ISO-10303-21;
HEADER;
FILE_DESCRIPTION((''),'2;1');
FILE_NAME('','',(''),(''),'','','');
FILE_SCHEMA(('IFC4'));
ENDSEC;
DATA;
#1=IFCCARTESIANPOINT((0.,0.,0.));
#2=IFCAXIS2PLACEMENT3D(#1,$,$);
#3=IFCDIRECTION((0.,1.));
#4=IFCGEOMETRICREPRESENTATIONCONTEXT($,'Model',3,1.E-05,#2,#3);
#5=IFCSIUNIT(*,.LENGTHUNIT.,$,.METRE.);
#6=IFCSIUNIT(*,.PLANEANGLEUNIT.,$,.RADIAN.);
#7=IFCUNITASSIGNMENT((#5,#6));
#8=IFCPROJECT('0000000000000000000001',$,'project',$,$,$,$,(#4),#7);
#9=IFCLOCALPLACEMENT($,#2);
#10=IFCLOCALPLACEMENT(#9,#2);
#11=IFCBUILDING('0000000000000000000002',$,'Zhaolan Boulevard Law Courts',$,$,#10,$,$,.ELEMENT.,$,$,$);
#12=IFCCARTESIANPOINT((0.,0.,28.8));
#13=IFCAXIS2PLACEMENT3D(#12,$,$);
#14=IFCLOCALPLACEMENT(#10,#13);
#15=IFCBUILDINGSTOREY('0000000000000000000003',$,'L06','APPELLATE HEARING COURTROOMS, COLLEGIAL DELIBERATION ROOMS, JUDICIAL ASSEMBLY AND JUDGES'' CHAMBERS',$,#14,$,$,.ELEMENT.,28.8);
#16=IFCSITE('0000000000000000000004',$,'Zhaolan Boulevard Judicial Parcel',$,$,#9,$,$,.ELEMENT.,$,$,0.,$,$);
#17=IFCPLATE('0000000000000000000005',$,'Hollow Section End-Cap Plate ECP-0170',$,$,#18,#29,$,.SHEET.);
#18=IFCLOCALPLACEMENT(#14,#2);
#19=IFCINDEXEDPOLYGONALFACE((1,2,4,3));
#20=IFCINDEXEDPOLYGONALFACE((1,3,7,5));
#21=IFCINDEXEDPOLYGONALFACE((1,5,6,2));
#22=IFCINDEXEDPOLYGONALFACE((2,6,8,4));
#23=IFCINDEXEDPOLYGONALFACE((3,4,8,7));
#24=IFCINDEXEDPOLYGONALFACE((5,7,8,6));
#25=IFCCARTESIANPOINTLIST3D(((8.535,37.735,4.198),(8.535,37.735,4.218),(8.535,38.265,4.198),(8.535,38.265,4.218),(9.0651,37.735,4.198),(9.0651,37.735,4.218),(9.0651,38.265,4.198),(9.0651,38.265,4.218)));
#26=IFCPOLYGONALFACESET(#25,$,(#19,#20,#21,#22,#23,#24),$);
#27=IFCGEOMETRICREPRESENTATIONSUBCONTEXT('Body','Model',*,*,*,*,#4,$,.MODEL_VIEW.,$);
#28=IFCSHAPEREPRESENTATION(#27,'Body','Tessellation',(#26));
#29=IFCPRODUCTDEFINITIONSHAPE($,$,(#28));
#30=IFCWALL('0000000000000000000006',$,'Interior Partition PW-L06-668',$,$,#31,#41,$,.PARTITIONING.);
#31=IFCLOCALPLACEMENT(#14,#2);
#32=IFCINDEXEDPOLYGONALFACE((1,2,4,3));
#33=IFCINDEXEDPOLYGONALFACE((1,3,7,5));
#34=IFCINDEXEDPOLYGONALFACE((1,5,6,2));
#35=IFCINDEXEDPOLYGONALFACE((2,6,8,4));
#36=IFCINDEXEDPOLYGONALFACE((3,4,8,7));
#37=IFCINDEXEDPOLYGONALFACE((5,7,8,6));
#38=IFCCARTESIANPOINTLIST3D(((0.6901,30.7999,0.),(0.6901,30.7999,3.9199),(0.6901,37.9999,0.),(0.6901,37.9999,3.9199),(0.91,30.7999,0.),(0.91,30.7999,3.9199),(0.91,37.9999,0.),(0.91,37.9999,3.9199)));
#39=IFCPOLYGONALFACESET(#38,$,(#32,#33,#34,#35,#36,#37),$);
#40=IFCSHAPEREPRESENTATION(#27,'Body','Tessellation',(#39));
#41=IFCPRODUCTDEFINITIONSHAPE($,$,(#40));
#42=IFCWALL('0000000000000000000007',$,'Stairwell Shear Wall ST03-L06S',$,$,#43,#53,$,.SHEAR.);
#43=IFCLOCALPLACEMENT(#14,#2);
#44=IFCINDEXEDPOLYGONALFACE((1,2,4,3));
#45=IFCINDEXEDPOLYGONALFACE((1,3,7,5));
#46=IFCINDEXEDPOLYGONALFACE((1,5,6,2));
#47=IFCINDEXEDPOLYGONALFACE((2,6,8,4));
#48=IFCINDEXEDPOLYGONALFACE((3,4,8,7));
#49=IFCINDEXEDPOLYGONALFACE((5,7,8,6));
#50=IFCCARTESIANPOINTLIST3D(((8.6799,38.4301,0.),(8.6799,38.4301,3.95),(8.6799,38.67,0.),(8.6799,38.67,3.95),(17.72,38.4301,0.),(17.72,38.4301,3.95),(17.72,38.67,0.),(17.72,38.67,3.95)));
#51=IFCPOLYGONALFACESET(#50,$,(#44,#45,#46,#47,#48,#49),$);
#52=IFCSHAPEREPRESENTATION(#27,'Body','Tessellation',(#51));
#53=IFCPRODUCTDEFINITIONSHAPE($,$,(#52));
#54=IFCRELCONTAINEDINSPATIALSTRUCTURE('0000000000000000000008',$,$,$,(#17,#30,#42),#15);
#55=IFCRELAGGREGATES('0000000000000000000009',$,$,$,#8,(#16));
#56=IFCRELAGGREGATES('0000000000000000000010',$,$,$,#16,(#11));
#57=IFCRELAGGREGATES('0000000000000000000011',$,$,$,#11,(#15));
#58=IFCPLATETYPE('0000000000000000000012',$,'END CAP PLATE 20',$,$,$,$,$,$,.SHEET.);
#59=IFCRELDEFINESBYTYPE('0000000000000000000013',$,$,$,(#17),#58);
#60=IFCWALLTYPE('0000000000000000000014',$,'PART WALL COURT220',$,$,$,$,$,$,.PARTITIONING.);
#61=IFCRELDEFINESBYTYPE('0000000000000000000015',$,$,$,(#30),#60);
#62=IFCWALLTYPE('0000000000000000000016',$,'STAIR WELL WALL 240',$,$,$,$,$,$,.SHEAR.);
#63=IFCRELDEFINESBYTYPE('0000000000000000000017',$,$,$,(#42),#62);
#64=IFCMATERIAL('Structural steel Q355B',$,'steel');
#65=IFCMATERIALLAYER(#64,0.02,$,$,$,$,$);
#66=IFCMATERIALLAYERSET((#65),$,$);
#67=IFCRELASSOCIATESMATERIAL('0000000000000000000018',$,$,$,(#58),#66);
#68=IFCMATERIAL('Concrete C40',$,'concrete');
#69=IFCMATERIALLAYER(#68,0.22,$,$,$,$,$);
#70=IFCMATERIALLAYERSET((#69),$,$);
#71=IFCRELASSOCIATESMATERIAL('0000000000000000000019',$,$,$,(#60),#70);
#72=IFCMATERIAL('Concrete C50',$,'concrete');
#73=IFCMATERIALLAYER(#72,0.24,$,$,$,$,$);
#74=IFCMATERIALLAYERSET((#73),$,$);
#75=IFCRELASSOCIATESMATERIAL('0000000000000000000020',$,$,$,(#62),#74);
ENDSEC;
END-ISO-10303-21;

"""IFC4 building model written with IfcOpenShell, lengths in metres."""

from ifc_helpers import new_model, si_unit, direction, frame, frame_2d, origin, origin_2d, place, context, subcontext, project, spatial, rectangle, extrude, material, layer, layer_set, type_object, element, save


model = new_model("IFC4")

# Units and contexts
model_context = context("Model", 3, precision=1e-05, world=origin(), true_north=direction((0.0, 1.0)))
body_context = subcontext(model_context, "Body", "Model", "MODEL_VIEW")
ifc_project = project(units=[si_unit("LENGTHUNIT", "METRE"), si_unit("PLANEANGLEUNIT", "RADIAN")], contexts=[model_context])

# Site, building, storey
site_placement = place(None, origin())
site = spatial("IfcSite", under=ifc_project, at=site_placement, Name="Zhaolan Boulevard Judicial Parcel", CompositionType="ELEMENT", RefElevation=0.0)
building_placement = place(site_placement, origin())
building = spatial("IfcBuilding", under=site, at=building_placement, Name="Zhaolan Boulevard Law Courts", CompositionType="ELEMENT")
storey_placement = place(building_placement, frame((0.0, 0.0, 28.8)))
storey = spatial("IfcBuildingStorey", under=building, at=storey_placement, Name="L06", Description="APPELLATE HEARING COURTROOMS, COLLEGIAL DELIBERATION ROOMS, JUDICIAL ASSEMBLY AND JUDGES' CHAMBERS", CompositionType="ELEMENT", Elevation=28.8)

# Plate
ifc_material_1 = material(Name="Structural steel Q355B", Category="steel")
ifc_layer_1 = layer(ifc_material_1, 0.02)
ifc_layer_set_1 = layer_set([ifc_layer_1])
plate_type_1 = type_object("IfcPlateType", Name="END CAP PLATE 20", PredefinedType="SHEET", material=ifc_layer_set_1)
for number, where, z_axis, x_axis, name in (
    (1, (8.8, 38.0, 4.198), (0.0, 0.0, 1.0), (1.0, 0.0, 0.0), "Hollow Section End-Cap Plate ECP-0170"),
):
    element("IfcPlate", number, at=place(storey_placement, frame(where, z_axis=z_axis, x_axis=x_axis)), inside=storey, type_object=plate_type_1, Name=name, PredefinedType="SHEET", context=body_context, shape_type="SweptSolid", body=[
        extrude(rectangle(XDim=0.53, YDim=0.53, at=origin_2d()), origin(), (0.0, 0.0, 1.0), 0.02),
    ])

# Walls
ifc_material_2 = material(Name="Concrete C40", Category="concrete")
ifc_layer_2 = layer(ifc_material_2, 0.22)
ifc_layer_set_2 = layer_set([ifc_layer_2])
wall_type_1 = type_object("IfcWallType", Name="PART WALL COURT220", PredefinedType="PARTITIONING", material=ifc_layer_set_2)
wall_1_placement = place(storey_placement, frame((0.8, 38.0, 0.0), z_axis=(0.0, 0.0, 1.0), x_axis=(0.0, -1.0, 0.0)))
element("IfcWall", 2, at=wall_1_placement, inside=storey, type_object=wall_type_1, Name="Interior Partition PW-L06-668", PredefinedType="PARTITIONING", context=body_context, shape_type="SweptSolid", body=[
    extrude(rectangle(XDim=7.2, YDim=0.22, at=frame_2d((3.6001, 0.0))), origin(), (0.0, 0.0, 1.0), 3.9199),
])
ifc_material_3 = material(Name="Concrete C50", Category="concrete")
ifc_layer_3 = layer(ifc_material_3, 0.24)
ifc_layer_set_3 = layer_set([ifc_layer_3])
wall_type_2 = type_object("IfcWallType", Name="STAIR WELL WALL 240", PredefinedType="SHEAR", material=ifc_layer_set_3)
wall_2_placement = place(storey_placement, frame((8.6799, 38.55, 0.0), z_axis=(0.0, 0.0, 1.0), x_axis=(1.0, 0.0, 0.0)))
element("IfcWall", 3, at=wall_2_placement, inside=storey, type_object=wall_type_2, Name="Stairwell Shear Wall ST03-L06S", PredefinedType="SHEAR", context=body_context, shape_type="SweptSolid", body=[
    extrude(rectangle(XDim=9.04, YDim=0.24, at=frame_2d((4.52, 0.0))), origin(), (0.0, 0.0, 1.0), 3.95),
])

save(model, "model.ifc")
